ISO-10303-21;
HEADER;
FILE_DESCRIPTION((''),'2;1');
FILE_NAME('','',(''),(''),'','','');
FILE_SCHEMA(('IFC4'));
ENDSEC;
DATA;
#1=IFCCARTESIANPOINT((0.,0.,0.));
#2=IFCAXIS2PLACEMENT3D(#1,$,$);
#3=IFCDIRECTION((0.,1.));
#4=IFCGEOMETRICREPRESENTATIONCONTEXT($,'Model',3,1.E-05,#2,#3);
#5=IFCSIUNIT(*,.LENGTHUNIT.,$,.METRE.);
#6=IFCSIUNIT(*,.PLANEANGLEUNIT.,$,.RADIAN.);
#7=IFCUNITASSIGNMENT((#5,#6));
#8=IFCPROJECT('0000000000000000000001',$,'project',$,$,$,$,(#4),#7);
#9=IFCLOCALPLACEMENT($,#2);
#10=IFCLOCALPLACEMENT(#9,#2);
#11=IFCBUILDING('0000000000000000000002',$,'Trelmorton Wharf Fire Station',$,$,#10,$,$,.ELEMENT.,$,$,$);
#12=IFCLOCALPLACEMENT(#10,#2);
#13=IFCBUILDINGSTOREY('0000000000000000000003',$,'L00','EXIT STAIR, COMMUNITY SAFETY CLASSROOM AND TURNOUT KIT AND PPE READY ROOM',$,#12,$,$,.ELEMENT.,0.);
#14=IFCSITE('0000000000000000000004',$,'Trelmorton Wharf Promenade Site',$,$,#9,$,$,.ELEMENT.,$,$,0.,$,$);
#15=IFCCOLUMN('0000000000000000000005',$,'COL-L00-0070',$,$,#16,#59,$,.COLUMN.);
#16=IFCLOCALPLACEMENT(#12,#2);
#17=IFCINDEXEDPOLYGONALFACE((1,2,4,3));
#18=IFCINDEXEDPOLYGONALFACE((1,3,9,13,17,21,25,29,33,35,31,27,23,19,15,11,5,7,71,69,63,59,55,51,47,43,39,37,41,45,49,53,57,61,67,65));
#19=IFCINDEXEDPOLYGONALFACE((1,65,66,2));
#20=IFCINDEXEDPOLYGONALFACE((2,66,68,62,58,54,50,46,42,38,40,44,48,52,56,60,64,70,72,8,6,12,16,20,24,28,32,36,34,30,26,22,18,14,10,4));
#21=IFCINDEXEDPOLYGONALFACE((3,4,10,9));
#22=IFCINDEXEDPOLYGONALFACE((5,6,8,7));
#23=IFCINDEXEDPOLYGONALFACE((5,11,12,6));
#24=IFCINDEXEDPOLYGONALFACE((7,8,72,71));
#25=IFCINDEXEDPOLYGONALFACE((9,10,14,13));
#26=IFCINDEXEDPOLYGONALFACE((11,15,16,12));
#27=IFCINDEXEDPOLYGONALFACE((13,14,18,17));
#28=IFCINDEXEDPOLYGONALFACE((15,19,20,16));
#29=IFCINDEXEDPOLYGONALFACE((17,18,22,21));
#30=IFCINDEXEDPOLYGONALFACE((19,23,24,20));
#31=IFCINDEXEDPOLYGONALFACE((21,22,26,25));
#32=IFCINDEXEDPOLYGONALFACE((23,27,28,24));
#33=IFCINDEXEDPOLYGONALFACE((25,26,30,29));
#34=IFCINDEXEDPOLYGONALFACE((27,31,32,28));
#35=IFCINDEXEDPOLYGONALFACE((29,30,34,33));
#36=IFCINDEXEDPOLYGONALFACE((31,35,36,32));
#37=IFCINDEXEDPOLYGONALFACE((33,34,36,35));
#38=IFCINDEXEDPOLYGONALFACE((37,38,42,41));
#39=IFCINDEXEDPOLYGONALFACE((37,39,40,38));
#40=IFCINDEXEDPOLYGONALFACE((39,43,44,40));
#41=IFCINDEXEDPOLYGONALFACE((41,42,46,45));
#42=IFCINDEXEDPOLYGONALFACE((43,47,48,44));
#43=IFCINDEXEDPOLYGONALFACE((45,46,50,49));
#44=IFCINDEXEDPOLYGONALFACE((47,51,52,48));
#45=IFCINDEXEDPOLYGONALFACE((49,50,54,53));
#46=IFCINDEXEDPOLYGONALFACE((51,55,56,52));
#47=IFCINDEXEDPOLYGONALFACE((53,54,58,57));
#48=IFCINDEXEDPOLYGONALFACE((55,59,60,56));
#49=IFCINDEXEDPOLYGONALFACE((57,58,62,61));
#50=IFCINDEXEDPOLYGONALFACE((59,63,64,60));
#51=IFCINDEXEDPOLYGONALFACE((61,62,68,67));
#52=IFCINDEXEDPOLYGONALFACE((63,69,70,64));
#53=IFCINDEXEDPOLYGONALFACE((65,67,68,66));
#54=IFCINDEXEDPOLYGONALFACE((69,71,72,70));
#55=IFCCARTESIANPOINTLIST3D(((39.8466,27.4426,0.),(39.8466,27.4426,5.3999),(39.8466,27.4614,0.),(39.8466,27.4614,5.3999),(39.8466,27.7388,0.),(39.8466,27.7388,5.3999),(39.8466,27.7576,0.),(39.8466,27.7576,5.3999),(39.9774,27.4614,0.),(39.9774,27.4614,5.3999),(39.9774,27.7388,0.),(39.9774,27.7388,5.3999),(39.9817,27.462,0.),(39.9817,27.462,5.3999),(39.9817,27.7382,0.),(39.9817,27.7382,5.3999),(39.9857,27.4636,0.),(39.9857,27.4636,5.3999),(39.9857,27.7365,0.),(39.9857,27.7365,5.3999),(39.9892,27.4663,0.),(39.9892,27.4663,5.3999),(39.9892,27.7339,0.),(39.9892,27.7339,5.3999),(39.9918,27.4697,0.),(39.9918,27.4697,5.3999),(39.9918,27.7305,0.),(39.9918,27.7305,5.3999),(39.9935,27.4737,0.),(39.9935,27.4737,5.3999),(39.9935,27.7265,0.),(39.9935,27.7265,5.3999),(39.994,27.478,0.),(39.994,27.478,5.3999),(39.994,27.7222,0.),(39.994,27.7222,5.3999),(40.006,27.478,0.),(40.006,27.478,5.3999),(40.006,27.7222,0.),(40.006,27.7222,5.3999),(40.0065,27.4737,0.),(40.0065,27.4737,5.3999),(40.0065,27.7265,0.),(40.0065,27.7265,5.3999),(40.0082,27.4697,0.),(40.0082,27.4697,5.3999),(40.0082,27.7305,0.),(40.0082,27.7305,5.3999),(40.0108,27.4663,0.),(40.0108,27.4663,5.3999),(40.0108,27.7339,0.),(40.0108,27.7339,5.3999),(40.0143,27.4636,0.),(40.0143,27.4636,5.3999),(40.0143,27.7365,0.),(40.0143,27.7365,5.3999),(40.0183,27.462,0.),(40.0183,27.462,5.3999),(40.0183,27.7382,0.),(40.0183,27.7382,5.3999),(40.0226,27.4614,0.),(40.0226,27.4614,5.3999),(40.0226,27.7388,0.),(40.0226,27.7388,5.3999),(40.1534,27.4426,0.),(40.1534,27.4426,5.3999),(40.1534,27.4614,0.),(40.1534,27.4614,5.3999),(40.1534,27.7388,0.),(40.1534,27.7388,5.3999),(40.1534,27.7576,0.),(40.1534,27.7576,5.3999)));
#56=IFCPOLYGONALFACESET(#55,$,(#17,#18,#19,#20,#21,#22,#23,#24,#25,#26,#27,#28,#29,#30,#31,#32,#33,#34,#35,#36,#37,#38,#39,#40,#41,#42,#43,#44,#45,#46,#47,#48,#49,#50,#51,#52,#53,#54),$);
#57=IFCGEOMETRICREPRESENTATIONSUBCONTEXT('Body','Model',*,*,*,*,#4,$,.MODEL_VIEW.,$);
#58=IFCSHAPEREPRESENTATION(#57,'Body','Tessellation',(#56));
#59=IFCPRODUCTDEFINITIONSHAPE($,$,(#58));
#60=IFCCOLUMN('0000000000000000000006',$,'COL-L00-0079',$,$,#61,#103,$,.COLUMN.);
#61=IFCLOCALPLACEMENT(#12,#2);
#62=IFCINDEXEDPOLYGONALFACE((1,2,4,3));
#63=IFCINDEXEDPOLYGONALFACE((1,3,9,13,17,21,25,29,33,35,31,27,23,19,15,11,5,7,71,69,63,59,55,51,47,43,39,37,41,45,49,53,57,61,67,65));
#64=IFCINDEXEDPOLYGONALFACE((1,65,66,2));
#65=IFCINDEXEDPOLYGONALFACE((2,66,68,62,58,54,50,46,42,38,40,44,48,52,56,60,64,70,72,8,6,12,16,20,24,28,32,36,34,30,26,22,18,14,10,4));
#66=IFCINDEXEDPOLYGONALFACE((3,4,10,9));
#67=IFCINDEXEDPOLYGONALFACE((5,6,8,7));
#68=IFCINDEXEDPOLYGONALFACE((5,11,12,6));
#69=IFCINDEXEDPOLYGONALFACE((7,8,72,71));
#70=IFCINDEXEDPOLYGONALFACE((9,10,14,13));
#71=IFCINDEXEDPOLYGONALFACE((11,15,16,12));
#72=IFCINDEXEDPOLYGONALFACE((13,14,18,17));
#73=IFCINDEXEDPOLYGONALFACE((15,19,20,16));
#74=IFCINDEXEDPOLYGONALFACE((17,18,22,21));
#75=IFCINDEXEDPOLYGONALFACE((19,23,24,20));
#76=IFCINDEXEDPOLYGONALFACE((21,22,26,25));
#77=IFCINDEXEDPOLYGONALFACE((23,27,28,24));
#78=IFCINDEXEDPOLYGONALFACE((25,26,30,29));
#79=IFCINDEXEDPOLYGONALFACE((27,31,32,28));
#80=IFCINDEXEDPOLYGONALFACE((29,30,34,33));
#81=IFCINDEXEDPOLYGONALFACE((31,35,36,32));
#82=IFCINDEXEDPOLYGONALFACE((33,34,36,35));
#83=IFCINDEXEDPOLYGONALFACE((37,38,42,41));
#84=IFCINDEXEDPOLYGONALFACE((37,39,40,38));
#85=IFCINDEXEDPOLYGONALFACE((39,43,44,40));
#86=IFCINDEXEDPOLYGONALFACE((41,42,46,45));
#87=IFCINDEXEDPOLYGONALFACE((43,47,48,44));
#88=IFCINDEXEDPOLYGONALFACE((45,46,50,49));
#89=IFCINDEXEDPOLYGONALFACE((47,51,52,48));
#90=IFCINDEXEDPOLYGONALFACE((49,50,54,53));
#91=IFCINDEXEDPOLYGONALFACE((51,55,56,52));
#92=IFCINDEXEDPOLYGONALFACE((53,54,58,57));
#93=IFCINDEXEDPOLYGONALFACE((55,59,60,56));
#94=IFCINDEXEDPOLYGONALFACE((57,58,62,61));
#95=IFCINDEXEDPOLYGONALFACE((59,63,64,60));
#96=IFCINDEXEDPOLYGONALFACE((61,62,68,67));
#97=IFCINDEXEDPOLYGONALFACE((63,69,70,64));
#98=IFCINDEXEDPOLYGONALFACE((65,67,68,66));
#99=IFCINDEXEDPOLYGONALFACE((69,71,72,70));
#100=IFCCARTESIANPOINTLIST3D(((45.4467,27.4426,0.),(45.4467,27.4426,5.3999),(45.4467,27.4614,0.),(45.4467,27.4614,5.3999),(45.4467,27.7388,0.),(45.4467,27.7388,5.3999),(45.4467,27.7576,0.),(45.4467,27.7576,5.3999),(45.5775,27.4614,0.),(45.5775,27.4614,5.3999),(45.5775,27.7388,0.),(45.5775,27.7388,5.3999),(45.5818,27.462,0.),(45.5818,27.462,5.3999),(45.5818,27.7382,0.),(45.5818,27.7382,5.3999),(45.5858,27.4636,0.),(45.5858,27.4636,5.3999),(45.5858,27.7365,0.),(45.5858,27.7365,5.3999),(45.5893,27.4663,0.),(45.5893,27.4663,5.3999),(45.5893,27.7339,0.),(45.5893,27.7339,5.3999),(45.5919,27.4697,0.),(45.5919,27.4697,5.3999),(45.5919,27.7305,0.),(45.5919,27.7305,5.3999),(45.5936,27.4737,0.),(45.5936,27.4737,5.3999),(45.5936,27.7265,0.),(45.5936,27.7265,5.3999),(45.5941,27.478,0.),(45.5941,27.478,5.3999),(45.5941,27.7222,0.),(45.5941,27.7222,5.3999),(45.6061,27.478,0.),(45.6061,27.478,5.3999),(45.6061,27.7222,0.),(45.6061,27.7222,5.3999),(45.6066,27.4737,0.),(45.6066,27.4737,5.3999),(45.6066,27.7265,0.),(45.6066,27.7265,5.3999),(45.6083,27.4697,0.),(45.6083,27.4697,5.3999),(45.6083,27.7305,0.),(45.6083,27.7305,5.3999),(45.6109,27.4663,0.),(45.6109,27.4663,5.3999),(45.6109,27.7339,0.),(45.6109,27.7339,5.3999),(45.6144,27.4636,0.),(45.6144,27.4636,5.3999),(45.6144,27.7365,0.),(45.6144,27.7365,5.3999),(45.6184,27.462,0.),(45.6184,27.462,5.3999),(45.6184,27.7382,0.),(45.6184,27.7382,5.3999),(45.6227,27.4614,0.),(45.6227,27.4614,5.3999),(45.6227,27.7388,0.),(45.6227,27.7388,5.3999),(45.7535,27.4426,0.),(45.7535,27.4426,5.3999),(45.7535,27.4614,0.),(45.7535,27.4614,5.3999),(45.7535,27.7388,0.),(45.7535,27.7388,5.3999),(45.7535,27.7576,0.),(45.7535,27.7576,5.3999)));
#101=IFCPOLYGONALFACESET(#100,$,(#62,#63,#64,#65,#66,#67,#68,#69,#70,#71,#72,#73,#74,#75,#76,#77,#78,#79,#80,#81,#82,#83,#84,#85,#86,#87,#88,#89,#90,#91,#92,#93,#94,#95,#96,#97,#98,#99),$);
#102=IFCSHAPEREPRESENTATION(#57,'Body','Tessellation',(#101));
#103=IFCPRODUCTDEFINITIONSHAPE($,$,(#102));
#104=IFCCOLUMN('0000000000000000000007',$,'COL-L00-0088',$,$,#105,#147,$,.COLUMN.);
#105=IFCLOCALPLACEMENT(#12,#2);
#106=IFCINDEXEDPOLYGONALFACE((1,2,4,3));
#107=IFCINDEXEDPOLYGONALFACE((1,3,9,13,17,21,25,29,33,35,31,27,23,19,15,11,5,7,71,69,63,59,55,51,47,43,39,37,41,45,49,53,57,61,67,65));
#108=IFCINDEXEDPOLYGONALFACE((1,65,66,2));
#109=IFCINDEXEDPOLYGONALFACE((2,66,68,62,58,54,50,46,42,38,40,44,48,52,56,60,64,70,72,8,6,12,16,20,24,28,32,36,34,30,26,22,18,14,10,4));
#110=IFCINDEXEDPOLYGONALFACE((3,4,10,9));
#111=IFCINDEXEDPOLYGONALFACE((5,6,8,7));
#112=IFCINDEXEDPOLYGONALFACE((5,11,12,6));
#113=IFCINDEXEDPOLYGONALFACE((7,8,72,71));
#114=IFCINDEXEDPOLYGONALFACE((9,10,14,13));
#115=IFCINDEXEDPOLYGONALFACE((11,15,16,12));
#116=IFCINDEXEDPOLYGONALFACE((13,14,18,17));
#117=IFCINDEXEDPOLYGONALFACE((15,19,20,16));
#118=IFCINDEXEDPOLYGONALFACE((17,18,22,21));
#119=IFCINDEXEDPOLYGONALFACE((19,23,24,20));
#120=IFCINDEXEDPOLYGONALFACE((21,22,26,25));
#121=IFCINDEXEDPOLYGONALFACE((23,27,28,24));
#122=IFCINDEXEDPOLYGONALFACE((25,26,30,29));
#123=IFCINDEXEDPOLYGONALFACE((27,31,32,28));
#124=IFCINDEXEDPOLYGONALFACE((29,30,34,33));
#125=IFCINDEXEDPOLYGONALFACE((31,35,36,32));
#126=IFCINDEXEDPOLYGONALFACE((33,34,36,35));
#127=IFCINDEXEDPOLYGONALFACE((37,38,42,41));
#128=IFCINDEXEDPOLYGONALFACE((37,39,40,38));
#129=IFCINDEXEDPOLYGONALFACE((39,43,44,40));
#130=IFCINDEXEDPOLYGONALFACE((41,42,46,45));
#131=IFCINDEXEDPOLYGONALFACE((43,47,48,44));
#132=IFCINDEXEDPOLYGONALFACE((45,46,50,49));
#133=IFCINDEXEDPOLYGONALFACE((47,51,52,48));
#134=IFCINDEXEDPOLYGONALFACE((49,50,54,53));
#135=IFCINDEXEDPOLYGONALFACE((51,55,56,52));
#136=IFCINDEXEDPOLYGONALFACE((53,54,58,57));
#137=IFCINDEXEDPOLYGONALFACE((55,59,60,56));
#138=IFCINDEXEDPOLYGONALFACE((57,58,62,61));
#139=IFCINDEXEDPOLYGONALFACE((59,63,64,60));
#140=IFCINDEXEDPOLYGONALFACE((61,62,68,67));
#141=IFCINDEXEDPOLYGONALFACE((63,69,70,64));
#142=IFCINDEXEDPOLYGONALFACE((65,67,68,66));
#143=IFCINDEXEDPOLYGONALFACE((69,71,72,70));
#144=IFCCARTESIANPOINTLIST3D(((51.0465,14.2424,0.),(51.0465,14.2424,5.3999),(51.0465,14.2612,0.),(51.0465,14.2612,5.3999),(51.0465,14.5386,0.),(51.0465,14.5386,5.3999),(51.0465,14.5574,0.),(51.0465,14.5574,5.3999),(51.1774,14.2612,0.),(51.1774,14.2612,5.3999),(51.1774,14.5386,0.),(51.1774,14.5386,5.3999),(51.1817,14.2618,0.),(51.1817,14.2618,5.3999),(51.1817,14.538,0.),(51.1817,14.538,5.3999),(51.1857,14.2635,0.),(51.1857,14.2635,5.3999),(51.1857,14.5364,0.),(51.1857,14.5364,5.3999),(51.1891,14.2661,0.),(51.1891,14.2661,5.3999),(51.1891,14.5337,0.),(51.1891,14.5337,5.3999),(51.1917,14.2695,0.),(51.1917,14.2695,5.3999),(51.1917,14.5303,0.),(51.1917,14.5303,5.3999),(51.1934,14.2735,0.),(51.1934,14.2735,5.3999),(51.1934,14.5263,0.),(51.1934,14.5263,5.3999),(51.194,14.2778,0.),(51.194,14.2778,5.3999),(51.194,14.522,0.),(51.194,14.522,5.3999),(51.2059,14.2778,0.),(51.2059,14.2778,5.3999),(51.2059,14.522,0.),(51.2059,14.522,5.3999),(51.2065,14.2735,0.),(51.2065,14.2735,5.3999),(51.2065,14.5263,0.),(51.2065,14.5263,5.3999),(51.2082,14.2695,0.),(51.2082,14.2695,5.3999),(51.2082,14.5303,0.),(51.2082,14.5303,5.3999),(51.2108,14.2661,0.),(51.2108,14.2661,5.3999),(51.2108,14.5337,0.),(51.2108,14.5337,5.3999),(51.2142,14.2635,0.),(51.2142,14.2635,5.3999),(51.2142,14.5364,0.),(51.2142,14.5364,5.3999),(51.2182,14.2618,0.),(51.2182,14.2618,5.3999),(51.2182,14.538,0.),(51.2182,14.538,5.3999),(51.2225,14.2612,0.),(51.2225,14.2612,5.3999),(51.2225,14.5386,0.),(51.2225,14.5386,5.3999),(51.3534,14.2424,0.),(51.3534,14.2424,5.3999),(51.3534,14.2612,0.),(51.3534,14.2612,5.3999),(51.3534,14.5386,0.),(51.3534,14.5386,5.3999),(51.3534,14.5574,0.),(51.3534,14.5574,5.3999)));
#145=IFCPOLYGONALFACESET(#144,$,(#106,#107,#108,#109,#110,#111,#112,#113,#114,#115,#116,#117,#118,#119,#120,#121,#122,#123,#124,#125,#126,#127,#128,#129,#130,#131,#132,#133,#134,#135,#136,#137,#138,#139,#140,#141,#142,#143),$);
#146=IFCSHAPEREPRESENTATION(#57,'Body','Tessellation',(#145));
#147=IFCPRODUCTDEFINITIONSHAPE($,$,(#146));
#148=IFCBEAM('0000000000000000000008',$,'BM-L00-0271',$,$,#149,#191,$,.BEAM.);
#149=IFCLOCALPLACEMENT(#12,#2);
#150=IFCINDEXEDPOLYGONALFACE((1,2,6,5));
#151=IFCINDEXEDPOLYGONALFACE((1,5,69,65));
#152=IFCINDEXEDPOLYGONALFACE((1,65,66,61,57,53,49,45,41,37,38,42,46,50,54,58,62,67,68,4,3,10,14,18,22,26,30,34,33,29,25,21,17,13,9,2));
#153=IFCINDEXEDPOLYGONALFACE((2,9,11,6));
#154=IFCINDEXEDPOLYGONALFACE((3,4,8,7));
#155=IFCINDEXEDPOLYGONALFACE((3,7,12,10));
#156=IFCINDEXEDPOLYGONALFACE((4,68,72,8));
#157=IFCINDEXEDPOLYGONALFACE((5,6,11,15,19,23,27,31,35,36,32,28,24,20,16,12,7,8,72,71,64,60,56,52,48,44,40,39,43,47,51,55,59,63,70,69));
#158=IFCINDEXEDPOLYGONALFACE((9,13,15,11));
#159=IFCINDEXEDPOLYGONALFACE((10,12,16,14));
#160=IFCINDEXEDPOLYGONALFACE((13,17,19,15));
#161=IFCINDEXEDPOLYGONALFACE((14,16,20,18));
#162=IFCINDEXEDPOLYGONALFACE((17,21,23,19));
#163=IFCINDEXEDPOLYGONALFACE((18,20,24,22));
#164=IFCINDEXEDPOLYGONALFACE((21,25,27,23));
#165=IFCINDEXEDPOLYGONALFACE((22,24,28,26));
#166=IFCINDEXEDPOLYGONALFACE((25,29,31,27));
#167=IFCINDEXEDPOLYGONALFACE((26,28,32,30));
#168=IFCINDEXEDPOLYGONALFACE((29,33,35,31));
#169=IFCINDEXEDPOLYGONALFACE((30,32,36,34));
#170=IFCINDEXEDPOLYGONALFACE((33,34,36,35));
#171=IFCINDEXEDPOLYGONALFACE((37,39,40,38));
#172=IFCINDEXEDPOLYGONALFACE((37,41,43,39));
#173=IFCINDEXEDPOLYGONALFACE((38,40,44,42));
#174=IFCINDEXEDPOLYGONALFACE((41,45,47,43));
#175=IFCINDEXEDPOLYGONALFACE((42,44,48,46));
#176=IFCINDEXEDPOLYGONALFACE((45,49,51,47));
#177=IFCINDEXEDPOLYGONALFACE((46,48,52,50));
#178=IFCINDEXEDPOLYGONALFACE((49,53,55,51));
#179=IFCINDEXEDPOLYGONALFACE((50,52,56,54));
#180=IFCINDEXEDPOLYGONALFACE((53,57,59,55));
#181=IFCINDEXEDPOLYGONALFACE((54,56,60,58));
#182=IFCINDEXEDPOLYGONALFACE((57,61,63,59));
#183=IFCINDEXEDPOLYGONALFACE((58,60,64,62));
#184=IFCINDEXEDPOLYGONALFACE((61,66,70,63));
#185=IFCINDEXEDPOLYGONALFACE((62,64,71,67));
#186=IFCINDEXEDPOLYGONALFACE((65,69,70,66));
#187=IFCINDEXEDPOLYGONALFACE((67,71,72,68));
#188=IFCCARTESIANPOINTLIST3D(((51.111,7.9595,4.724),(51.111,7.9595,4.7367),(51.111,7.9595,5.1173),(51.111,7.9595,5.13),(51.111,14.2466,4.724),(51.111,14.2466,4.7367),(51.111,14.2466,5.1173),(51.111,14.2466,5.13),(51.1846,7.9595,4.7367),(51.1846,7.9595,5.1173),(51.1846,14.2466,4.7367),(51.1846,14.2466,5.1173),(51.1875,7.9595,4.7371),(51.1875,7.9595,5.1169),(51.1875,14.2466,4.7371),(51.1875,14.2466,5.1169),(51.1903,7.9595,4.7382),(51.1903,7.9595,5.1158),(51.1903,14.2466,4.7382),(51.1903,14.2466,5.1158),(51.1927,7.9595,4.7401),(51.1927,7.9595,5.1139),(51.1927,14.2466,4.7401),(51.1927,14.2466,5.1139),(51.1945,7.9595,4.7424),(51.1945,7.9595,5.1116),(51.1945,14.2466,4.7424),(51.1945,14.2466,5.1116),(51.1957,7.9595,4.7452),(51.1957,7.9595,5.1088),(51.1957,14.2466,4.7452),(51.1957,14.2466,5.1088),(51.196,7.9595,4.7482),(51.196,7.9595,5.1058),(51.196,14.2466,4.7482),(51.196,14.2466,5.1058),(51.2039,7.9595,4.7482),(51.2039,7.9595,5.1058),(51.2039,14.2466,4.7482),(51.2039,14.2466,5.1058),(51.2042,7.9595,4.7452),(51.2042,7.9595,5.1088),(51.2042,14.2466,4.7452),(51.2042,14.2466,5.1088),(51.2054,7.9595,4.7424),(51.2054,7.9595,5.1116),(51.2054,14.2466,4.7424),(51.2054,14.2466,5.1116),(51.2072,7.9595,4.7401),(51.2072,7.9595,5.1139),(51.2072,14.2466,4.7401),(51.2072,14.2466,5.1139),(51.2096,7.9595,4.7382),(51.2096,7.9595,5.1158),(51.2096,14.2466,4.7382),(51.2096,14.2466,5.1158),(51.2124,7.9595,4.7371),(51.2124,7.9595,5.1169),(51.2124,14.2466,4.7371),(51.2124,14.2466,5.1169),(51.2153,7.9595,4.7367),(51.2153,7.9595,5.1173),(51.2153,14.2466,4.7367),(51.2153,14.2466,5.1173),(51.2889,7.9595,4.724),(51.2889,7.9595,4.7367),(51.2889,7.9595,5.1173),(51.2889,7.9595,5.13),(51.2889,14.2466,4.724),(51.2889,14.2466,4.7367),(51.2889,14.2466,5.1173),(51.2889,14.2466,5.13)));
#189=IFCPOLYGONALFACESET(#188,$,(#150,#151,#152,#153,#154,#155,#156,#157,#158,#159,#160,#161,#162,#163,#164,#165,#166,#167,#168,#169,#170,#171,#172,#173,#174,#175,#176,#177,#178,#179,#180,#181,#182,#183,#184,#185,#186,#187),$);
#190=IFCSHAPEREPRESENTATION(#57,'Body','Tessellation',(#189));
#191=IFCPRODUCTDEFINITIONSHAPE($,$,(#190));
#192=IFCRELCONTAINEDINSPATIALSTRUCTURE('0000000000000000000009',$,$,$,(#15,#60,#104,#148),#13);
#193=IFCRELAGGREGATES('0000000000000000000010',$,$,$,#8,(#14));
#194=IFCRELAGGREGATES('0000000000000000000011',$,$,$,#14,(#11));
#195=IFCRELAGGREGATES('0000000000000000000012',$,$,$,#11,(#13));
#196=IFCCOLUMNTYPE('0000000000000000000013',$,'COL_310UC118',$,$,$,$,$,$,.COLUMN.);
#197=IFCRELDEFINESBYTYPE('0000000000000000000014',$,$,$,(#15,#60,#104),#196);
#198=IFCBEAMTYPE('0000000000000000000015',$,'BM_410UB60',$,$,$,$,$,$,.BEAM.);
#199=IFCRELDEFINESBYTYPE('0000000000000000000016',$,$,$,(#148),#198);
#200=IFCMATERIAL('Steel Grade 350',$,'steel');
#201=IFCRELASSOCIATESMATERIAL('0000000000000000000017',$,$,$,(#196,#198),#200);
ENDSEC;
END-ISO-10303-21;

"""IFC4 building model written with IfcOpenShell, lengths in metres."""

from ifc_helpers import new_model, si_unit, direction, frame, origin, origin_2d, place, context, subcontext, project, spatial, i_section, extrude, material, material_profile, profile_set, type_object, element, save


model = new_model("IFC4")

# Units and contexts
model_context = context("Model", 3, precision=1e-05, world=origin(), true_north=direction((0.0, 1.0)))
body_context = subcontext(model_context, "Body", "Model", "MODEL_VIEW")
ifc_project = project(units=[si_unit("LENGTHUNIT", "METRE"), si_unit("PLANEANGLEUNIT", "RADIAN")], contexts=[model_context])

# Site, building, storey
site_placement = place(None, origin())
site = spatial("IfcSite", under=ifc_project, at=site_placement, Name="Trelmorton Wharf Promenade Site", CompositionType="ELEMENT", RefElevation=0.0)
building_placement = place(site_placement, origin())
building = spatial("IfcBuilding", under=site, at=building_placement, Name="Trelmorton Wharf Fire Station", CompositionType="ELEMENT")
storey_placement = place(building_placement, origin())
storey = spatial("IfcBuildingStorey", under=building, at=storey_placement, Name="L00", Description="EXIT STAIR, COMMUNITY SAFETY CLASSROOM AND TURNOUT KIT AND PPE READY ROOM", CompositionType="ELEMENT", Elevation=0.0)

# Columns
ifc_material_1 = material(Name="Steel Grade 350", Category="steel")
ifc_material_profile_1 = material_profile(ifc_material_1, i_section(OverallWidth=0.3069, OverallDepth=0.3149, WebThickness=0.012, FlangeThickness=0.0188, FilletRadius=0.0166, at=origin_2d()), Name="310UC118")
ifc_profile_set_1 = profile_set([ifc_material_profile_1], Name="Steel Grade 350")
column_type = type_object("IfcColumnType", Name="COL_310UC118", PredefinedType="COLUMN", material=ifc_profile_set_1)
for number, where, z_axis, x_axis, name in (
    (1, (40.0, 27.6001, 0.0), (0.0, 0.0, 1.0), (1.0, 0.0, 0.0), "COL-L00-0070"),
    (2, (45.6001, 27.6001, 0.0), (0.0, 0.0, 1.0), (1.0, 0.0, 0.0), "COL-L00-0079"),
    (3, (51.2, 14.3999, 0.0), (0.0, 0.0, 1.0), (1.0, 0.0, 0.0), "COL-L00-0088"),
):
    element("IfcColumn", number, at=place(storey_placement, frame(where, z_axis=z_axis, x_axis=x_axis)), inside=storey, type_object=column_type, Name=name, PredefinedType="COLUMN", context=body_context, shape_type="SweptSolid", body=[
        extrude(i_section(OverallWidth=0.3069, OverallDepth=0.3149, WebThickness=0.012, FlangeThickness=0.0188, FilletRadius=0.0166, at=origin_2d()), origin(), (0.0, 0.0, 1.0), 5.3999),
    ])

# Beam
ifc_material_profile_2 = material_profile(ifc_material_1, i_section(OverallWidth=0.178, OverallDepth=0.406, WebThickness=0.0078, FlangeThickness=0.0127, FilletRadius=0.0115, at=origin_2d()), Name="410UB59.7")
ifc_profile_set_2 = profile_set([ifc_material_profile_2], Name="Steel Grade 350")
beam_type_1 = type_object("IfcBeamType", Name="BM_410UB60", PredefinedType="BEAM", material=ifc_profile_set_2)
beam_1_placement = place(storey_placement, frame((51.2, 7.9595, 4.927), z_axis=(0.0, 1.0, 0.0), x_axis=(-1.0, 0.0, 0.0)))
element("IfcBeam", 4, at=beam_1_placement, inside=storey, type_object=beam_type_1, Name="BM-L00-0271", PredefinedType="BEAM", context=body_context, shape_type="SweptSolid", body=[
    extrude(i_section(OverallWidth=0.178, OverallDepth=0.406, WebThickness=0.0078, FlangeThickness=0.0127, FilletRadius=0.0115, at=origin_2d()), origin(), (0.0, 0.0, 1.0), 6.2871),
])

save(model, "model.ifc")
